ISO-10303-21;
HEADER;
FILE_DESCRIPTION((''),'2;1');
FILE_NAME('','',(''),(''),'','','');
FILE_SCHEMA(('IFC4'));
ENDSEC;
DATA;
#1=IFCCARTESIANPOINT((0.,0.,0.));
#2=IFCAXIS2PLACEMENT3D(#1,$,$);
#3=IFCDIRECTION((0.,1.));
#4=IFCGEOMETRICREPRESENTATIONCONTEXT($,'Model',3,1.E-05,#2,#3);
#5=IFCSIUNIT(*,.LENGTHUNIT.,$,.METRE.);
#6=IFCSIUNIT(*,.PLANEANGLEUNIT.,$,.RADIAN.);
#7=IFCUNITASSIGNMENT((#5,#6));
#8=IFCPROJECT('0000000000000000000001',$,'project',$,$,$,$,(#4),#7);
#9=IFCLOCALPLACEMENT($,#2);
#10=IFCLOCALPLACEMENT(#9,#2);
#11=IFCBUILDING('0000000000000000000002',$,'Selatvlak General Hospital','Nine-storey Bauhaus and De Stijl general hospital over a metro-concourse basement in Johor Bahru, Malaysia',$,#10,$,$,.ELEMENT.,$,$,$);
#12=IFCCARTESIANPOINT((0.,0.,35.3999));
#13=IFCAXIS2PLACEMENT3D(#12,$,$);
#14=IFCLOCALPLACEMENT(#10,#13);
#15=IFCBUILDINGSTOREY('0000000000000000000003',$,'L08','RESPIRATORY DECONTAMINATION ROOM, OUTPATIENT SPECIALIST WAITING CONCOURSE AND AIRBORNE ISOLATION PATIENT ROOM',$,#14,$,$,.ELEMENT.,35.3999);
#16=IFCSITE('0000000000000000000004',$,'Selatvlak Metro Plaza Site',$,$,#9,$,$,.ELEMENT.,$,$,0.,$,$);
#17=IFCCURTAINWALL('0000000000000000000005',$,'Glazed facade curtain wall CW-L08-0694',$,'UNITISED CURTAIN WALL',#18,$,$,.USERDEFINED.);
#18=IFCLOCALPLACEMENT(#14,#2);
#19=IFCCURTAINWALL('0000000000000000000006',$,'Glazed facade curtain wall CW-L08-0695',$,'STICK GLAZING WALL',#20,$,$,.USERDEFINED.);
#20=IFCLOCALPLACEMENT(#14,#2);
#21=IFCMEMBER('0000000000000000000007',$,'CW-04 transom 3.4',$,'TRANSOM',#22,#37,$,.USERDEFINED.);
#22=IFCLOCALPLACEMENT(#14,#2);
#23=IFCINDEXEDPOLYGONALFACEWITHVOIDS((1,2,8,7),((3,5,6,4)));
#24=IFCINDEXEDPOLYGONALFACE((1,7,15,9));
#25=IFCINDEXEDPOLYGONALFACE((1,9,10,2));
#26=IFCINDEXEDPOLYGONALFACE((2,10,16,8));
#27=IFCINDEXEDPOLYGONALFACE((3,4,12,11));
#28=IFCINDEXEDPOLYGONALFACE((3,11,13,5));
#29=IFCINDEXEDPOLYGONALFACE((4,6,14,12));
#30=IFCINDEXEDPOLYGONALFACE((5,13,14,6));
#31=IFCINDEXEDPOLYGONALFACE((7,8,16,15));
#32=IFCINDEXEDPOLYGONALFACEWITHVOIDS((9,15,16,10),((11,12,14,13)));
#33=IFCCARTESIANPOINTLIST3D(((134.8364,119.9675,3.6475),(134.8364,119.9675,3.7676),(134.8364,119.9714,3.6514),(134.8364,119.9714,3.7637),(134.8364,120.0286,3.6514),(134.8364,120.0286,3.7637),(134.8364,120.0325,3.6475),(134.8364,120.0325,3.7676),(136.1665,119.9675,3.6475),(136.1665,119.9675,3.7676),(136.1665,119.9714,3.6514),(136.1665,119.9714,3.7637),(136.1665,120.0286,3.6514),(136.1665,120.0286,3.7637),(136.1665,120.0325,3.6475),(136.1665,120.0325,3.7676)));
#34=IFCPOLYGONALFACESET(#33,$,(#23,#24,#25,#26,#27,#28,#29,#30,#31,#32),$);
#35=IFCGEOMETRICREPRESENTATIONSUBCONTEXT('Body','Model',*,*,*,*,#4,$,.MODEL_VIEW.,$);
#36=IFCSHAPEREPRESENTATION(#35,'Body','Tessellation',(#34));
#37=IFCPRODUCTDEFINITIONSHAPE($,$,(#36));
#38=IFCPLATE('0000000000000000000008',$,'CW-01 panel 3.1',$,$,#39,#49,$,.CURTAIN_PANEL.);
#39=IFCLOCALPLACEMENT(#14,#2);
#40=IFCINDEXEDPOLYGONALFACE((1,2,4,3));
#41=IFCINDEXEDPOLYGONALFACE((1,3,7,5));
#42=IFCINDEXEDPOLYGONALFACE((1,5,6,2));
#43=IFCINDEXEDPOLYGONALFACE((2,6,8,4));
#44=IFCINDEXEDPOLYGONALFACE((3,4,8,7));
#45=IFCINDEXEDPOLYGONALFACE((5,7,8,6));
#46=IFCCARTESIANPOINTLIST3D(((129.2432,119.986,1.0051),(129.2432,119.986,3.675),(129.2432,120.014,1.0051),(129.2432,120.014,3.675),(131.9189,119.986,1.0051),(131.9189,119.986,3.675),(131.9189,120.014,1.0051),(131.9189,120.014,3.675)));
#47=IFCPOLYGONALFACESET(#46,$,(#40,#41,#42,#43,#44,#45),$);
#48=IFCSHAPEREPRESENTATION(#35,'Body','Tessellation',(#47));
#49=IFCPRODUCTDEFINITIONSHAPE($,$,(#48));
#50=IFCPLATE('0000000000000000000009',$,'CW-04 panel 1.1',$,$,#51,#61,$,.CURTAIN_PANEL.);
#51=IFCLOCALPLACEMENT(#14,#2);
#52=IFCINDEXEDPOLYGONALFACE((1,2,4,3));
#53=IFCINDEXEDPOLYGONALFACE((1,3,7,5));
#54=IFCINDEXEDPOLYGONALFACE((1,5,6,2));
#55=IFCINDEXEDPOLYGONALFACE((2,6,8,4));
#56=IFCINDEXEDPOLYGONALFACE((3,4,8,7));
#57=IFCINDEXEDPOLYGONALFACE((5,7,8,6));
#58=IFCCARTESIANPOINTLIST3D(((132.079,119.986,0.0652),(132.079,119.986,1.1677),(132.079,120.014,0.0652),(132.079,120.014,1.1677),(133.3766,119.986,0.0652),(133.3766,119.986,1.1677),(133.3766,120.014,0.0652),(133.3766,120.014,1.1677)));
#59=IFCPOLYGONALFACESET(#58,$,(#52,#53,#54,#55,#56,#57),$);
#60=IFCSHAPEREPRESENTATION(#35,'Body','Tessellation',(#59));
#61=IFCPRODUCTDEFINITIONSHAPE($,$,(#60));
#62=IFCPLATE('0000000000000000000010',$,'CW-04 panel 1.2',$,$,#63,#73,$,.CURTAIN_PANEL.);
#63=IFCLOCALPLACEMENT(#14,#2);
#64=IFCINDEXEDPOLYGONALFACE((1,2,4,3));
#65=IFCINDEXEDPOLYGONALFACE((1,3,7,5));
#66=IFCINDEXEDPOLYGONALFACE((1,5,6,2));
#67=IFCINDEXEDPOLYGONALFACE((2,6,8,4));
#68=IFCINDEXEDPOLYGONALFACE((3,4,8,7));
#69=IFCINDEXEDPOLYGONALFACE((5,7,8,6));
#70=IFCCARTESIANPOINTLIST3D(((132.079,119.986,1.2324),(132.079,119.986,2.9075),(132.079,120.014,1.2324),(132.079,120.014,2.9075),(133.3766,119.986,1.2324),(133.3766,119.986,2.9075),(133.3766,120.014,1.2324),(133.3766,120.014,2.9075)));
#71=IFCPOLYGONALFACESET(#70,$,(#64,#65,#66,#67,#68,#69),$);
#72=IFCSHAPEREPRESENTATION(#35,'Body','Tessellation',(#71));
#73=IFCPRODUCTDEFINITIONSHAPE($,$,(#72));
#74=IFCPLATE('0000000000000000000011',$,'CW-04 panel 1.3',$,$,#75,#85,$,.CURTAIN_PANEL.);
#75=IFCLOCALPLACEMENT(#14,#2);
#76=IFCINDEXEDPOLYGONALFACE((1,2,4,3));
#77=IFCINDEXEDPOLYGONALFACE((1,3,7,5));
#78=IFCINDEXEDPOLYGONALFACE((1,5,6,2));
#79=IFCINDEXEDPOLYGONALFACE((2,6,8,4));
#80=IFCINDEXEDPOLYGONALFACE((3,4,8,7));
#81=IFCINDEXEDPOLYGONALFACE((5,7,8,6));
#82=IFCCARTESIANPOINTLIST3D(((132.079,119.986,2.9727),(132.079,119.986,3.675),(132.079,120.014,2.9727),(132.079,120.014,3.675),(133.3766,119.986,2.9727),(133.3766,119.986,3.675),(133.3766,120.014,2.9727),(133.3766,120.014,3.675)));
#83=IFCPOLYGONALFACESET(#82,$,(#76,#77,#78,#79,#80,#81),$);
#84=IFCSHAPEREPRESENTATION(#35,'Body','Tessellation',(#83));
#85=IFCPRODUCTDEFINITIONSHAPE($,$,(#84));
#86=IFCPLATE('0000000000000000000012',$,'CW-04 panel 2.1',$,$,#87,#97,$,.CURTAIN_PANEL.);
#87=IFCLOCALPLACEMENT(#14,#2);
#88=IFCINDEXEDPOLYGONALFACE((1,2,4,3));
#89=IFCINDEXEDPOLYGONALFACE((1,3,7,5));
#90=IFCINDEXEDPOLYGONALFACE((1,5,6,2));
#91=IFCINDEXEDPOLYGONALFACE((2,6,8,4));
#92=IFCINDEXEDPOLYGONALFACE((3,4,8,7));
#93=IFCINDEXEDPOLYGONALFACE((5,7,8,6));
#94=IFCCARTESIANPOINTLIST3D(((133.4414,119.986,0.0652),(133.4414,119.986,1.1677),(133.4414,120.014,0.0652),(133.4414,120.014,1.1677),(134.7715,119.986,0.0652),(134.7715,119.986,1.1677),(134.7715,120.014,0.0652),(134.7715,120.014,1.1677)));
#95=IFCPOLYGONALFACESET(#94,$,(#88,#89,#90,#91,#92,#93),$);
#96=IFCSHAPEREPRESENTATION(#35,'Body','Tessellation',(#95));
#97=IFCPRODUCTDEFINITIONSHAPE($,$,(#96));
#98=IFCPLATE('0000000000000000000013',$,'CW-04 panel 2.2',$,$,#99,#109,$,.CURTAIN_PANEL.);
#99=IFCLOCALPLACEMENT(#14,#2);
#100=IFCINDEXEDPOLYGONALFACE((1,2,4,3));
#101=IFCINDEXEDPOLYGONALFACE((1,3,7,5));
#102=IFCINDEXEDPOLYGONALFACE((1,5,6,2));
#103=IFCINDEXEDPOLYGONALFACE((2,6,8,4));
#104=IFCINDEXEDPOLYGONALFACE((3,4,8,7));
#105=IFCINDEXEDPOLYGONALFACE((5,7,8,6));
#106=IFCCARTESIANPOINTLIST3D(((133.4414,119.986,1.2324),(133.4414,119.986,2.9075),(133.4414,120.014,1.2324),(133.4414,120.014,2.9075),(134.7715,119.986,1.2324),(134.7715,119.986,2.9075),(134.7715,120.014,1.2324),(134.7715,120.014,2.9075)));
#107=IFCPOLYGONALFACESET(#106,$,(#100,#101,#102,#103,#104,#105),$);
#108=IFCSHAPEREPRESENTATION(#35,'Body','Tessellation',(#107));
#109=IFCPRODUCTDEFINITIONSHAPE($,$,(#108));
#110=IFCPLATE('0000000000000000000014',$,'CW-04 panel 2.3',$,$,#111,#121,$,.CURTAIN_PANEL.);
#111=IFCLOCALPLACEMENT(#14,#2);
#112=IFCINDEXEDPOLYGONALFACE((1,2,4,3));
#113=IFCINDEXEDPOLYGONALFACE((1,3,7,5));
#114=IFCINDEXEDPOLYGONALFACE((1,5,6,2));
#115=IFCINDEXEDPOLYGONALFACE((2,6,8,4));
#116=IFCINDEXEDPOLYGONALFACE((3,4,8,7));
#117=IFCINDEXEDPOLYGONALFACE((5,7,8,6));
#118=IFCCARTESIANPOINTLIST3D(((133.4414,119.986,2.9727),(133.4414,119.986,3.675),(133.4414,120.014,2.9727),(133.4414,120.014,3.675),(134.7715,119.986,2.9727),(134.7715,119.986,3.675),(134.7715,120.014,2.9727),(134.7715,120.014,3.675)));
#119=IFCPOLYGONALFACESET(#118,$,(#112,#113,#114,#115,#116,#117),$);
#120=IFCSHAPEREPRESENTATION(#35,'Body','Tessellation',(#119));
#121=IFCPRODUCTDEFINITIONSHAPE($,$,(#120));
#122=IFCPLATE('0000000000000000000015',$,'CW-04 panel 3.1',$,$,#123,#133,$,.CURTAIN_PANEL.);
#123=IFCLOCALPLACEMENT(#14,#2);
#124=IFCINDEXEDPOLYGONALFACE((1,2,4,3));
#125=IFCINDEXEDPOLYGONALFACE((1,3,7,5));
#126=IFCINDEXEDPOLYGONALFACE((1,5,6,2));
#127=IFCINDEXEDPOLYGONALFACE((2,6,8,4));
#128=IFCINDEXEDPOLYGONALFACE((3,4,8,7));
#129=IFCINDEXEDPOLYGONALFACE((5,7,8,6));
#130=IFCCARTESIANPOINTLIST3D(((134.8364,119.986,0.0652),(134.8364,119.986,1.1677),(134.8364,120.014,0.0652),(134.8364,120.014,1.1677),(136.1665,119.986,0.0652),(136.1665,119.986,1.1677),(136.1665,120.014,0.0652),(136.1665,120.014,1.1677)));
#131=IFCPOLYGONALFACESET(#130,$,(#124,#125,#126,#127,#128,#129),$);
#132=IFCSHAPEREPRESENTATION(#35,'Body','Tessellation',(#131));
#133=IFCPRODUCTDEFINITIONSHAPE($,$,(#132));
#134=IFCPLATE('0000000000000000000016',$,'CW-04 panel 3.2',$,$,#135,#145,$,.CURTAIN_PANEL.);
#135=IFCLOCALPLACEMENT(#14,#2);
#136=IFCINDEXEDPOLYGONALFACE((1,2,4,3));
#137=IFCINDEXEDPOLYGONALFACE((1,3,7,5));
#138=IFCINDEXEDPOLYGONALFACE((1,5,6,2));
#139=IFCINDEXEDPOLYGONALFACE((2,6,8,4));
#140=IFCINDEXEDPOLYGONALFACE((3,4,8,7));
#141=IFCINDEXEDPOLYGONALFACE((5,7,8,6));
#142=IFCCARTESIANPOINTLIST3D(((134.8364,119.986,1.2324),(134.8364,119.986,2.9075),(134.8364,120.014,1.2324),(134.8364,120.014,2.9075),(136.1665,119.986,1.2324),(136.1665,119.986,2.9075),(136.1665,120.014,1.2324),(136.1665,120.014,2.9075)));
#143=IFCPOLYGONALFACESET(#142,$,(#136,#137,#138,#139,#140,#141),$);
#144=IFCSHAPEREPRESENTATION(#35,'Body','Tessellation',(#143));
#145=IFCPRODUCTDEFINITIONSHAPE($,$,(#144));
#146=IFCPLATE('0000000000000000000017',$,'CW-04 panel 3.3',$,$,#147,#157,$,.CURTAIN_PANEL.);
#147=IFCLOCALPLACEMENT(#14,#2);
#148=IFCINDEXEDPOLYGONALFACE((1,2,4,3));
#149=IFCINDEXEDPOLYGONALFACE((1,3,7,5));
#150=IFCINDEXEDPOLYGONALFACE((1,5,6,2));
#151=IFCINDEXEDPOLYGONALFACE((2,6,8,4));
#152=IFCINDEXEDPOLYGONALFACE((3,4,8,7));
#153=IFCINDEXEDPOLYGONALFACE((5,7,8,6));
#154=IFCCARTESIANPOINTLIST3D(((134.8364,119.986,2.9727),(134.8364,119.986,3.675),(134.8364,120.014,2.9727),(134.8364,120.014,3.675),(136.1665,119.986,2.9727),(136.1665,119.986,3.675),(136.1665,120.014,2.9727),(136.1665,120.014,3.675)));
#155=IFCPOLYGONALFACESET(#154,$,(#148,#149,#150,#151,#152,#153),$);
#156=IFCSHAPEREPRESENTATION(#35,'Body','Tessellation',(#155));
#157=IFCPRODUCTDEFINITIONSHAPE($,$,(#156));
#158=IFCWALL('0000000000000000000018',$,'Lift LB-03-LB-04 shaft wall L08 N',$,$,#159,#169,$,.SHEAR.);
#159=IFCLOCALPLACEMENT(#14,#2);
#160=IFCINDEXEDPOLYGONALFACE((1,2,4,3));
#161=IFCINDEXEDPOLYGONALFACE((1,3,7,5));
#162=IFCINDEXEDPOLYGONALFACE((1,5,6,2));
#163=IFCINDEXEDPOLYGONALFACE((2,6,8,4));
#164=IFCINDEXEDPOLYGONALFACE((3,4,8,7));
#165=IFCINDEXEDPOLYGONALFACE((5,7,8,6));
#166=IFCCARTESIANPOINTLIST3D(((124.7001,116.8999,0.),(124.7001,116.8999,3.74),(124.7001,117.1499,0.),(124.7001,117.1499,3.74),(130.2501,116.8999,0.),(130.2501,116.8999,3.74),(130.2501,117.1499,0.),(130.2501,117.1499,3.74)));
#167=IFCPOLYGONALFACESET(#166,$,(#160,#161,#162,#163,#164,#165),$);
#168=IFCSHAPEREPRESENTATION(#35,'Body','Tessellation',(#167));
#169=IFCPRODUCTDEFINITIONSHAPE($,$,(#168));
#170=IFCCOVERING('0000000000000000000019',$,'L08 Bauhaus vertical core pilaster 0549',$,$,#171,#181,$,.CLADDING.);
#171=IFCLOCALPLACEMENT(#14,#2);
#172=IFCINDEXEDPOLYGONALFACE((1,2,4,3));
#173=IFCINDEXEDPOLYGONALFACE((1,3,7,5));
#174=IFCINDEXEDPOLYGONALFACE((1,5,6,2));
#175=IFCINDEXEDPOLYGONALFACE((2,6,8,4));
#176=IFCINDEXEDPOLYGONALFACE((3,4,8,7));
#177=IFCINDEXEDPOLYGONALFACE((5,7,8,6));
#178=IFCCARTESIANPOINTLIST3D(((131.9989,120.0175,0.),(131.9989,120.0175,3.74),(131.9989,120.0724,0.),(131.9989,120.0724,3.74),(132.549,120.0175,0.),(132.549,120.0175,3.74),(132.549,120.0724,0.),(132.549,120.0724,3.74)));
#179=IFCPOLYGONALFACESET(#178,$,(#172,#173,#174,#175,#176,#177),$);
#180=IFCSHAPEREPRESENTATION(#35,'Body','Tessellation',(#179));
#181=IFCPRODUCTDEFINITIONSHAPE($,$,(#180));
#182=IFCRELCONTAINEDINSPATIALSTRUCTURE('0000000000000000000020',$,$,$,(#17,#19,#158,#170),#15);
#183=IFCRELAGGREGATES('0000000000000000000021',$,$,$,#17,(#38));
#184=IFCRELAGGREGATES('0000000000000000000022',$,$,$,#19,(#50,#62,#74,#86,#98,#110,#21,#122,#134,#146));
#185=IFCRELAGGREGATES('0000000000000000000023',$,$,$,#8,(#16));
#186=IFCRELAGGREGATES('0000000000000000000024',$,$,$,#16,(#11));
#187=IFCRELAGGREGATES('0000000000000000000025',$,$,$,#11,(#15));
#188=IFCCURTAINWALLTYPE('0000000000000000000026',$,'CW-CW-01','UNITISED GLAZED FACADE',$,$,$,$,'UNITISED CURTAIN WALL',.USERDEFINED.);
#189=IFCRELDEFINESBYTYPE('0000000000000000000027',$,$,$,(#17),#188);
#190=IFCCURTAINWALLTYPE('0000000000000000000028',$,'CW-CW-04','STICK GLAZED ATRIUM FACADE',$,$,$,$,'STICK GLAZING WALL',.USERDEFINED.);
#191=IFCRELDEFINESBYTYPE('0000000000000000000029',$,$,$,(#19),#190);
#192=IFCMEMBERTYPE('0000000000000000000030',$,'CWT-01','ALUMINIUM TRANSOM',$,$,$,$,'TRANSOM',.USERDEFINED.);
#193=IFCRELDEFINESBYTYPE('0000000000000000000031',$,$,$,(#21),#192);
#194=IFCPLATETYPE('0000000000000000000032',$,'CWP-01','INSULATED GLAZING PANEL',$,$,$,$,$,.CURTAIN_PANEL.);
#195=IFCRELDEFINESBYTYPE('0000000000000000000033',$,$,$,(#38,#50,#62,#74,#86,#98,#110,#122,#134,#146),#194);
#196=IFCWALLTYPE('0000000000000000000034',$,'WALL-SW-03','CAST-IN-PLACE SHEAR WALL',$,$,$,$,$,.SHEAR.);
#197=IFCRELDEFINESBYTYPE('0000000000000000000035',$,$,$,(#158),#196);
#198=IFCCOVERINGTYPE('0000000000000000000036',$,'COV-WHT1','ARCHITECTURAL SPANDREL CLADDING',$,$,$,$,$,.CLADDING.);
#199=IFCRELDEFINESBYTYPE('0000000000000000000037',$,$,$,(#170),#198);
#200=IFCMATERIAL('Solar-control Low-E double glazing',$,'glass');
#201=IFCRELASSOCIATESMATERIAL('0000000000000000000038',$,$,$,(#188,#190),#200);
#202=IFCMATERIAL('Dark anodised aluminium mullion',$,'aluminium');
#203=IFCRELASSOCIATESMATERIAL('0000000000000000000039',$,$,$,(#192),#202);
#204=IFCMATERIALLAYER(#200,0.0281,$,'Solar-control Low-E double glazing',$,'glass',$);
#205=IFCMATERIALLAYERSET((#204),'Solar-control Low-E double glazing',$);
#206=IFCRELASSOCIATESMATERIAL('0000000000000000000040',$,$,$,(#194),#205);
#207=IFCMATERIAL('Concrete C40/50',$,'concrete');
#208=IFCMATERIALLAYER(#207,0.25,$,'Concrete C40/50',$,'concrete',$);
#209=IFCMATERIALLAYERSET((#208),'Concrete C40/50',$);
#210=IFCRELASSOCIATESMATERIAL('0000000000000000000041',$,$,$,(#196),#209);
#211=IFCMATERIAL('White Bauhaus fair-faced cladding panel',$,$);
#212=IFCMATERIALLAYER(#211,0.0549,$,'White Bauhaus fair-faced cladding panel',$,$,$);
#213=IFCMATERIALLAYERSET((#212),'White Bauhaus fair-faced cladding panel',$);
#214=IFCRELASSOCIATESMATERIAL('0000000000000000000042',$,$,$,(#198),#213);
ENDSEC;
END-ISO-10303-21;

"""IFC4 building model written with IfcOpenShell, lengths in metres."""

from ifc_helpers import new_model, si_unit, direction, frame, frame_2d, origin, origin_2d, place, context, subcontext, project, spatial, rectangle, hollow_rectangle, extrude, material, layer, layer_set, material_profile, profile_set, type_object, element, aggregate, save


model = new_model("IFC4")

# Units and contexts
model_context = context("Model", 3, precision=1e-05, world=origin(), true_north=direction((0.0, 1.0)))
body_context = subcontext(model_context, "Body", "Model", "MODEL_VIEW")
ifc_project = project(units=[si_unit("LENGTHUNIT", "METRE"), si_unit("PLANEANGLEUNIT", "RADIAN")], contexts=[model_context])

# Site, building, storey
site_placement = place(None, origin())
site = spatial("IfcSite", under=ifc_project, at=site_placement, Name="Selatvlak Metro Plaza Site", CompositionType="ELEMENT", RefElevation=0.0)
building_placement = place(site_placement, origin())
building = spatial("IfcBuilding", under=site, at=building_placement, Name="Selatvlak General Hospital", Description="Nine-storey Bauhaus and De Stijl general hospital over a metro-concourse basement in Johor Bahru, Malaysia", CompositionType="ELEMENT")
storey_placement = place(building_placement, frame((0.0, 0.0, 35.3999)))
storey = spatial("IfcBuildingStorey", under=building, at=storey_placement, Name="L08", Description="RESPIRATORY DECONTAMINATION ROOM, OUTPATIENT SPECIALIST WAITING CONCOURSE AND AIRBORNE ISOLATION PATIENT ROOM", CompositionType="ELEMENT", Elevation=35.3999)

# Shared definitions
ifc_material_1 = material(Name="Concrete C40/50", Category="concrete")

# Curtain walls
ifc_material_2 = material(Name="Solar-control Low-E double glazing", Category="glass")
curtain_wall_type_1 = type_object("IfcCurtainWallType", Name="CW-CW-01", Description="UNITISED GLAZED FACADE", ElementType="UNITISED CURTAIN WALL", PredefinedType="USERDEFINED", material=ifc_material_2)
curtain_wall_1_placement = place(storey_placement, origin())
curtain_wall_1 = element("IfcCurtainWall", 1, at=curtain_wall_1_placement, inside=storey, type_object=curtain_wall_type_1, Name="Glazed facade curtain wall CW-L08-0694", ObjectType="UNITISED CURTAIN WALL", PredefinedType="USERDEFINED")
ifc_material_3 = material(Name="Dark anodised aluminium mullion", Category="aluminium")
curtain_wall_type_2 = type_object("IfcCurtainWallType", Name="CW-CW-04", Description="STICK GLAZED ATRIUM FACADE", ElementType="STICK GLAZING WALL", PredefinedType="USERDEFINED", material=ifc_material_2)
curtain_wall_2_placement = place(storey_placement, origin())
curtain_wall_2 = element("IfcCurtainWall", 2, at=curtain_wall_2_placement, inside=storey, type_object=curtain_wall_type_2, Name="Glazed facade curtain wall CW-L08-0695", ObjectType="STICK GLAZING WALL", PredefinedType="USERDEFINED")

# Member
ifc_material_profile_1 = material_profile(ifc_material_3, hollow_rectangle(XDim=0.0649, YDim=0.1201, WallThickness=0.0039, at=origin_2d()), Name="AL-TRN 65x120x4")
ifc_profile_set_1 = profile_set([ifc_material_profile_1], Name="Dark anodised aluminium mullion")
member_type_1 = type_object("IfcMemberType", Name="CWT-01", Description="ALUMINIUM TRANSOM", ElementType="TRANSOM", PredefinedType="USERDEFINED", material=ifc_profile_set_1)
member_1_placement = place(storey_placement, frame((134.8364, 120.0, 3.7075), z_axis=(1.0, 0.0, 0.0), x_axis=(0.0, 1.0, 0.0)))
member_1 = element("IfcMember", 3, at=member_1_placement, type_object=member_type_1, Name="CW-04 transom 3.4", ObjectType="TRANSOM", PredefinedType="USERDEFINED", context=body_context, shape_type="SweptSolid", body=[
    extrude(hollow_rectangle(XDim=0.0649, YDim=0.1201, WallThickness=0.0039, at=origin_2d()), origin(), (0.0, 0.0, 1.0), 1.3301),
])

# Plates
ifc_layer_1 = layer(ifc_material_2, 0.0281, Name="Solar-control Low-E double glazing", Category="glass")
ifc_layer_set_1 = layer_set([ifc_layer_1], Name="Solar-control Low-E double glazing")
plate_type = type_object("IfcPlateType", Name="CWP-01", Description="INSULATED GLAZING PANEL", PredefinedType="CURTAIN_PANEL", material=ifc_layer_set_1)
plate_1_placement = place(storey_placement, frame((130.5811, 120.0, 1.0051), z_axis=(0.0, 0.0, 1.0), x_axis=(1.0, 0.0, 0.0)))
plate_1 = element("IfcPlate", 4, at=plate_1_placement, type_object=plate_type, Name="CW-01 panel 3.1", PredefinedType="CURTAIN_PANEL", context=body_context, shape_type="SweptSolid", body=[
    extrude(rectangle(XDim=2.6758, YDim=0.0281, at=origin_2d()), origin(), (0.0, 0.0, 1.0), 2.6699),
])
aggregate(curtain_wall_1, [plate_1])
plate_2_placement = place(storey_placement, frame((132.7278, 120.0, 0.0652), z_axis=(0.0, 0.0, 1.0), x_axis=(1.0, 0.0, 0.0)))
plate_2 = element("IfcPlate", 5, at=plate_2_placement, type_object=plate_type, Name="CW-04 panel 1.1", PredefinedType="CURTAIN_PANEL", context=body_context, shape_type="SweptSolid", body=[
    extrude(rectangle(XDim=1.2976, YDim=0.0281, at=origin_2d()), origin(), (0.0, 0.0, 1.0), 1.1025),
])
plate_3_placement = place(storey_placement, frame((132.7278, 120.0, 1.2324), z_axis=(0.0, 0.0, 1.0), x_axis=(1.0, 0.0, 0.0)))
plate_3 = element("IfcPlate", 6, at=plate_3_placement, type_object=plate_type, Name="CW-04 panel 1.2", PredefinedType="CURTAIN_PANEL", context=body_context, shape_type="SweptSolid", body=[
    extrude(rectangle(XDim=1.2976, YDim=0.0281, at=origin_2d()), origin(), (0.0, 0.0, 1.0), 1.675),
])
plate_4_placement = place(storey_placement, frame((132.7278, 120.0, 2.9727), z_axis=(0.0, 0.0, 1.0), x_axis=(1.0, 0.0, 0.0)))
plate_4 = element("IfcPlate", 7, at=plate_4_placement, type_object=plate_type, Name="CW-04 panel 1.3", PredefinedType="CURTAIN_PANEL", context=body_context, shape_type="SweptSolid", body=[
    extrude(rectangle(XDim=1.2976, YDim=0.0281, at=origin_2d()), origin(), (0.0, 0.0, 1.0), 0.7024),
])
plate_5_placement = place(storey_placement, frame((134.1064, 120.0, 0.0652), z_axis=(0.0, 0.0, 1.0), x_axis=(1.0, 0.0, 0.0)))
plate_5 = element("IfcPlate", 8, at=plate_5_placement, type_object=plate_type, Name="CW-04 panel 2.1", PredefinedType="CURTAIN_PANEL", context=body_context, shape_type="SweptSolid", body=[
    extrude(rectangle(XDim=1.3301, YDim=0.0281, at=origin_2d()), origin(), (0.0, 0.0, 1.0), 1.1025),
])
plate_6_placement = place(storey_placement, frame((134.1064, 120.0, 1.2324), z_axis=(0.0, 0.0, 1.0), x_axis=(1.0, 0.0, 0.0)))
plate_6 = element("IfcPlate", 9, at=plate_6_placement, type_object=plate_type, Name="CW-04 panel 2.2", PredefinedType="CURTAIN_PANEL", context=body_context, shape_type="SweptSolid", body=[
    extrude(rectangle(XDim=1.3301, YDim=0.0281, at=origin_2d()), origin(), (0.0, 0.0, 1.0), 1.675),
])
plate_7_placement = place(storey_placement, frame((134.1064, 120.0, 2.9727), z_axis=(0.0, 0.0, 1.0), x_axis=(1.0, 0.0, 0.0)))
plate_7 = element("IfcPlate", 10, at=plate_7_placement, type_object=plate_type, Name="CW-04 panel 2.3", PredefinedType="CURTAIN_PANEL", context=body_context, shape_type="SweptSolid", body=[
    extrude(rectangle(XDim=1.3301, YDim=0.0281, at=origin_2d()), origin(), (0.0, 0.0, 1.0), 0.7024),
])
plate_8_placement = place(storey_placement, frame((135.5015, 120.0, 0.0652), z_axis=(0.0, 0.0, 1.0), x_axis=(1.0, 0.0, 0.0)))
plate_8 = element("IfcPlate", 11, at=plate_8_placement, type_object=plate_type, Name="CW-04 panel 3.1", PredefinedType="CURTAIN_PANEL", context=body_context, shape_type="SweptSolid", body=[
    extrude(rectangle(XDim=1.3301, YDim=0.0281, at=origin_2d()), origin(), (0.0, 0.0, 1.0), 1.1025),
])
plate_9_placement = place(storey_placement, frame((135.5015, 120.0, 1.2324), z_axis=(0.0, 0.0, 1.0), x_axis=(1.0, 0.0, 0.0)))
plate_9 = element("IfcPlate", 12, at=plate_9_placement, type_object=plate_type, Name="CW-04 panel 3.2", PredefinedType="CURTAIN_PANEL", context=body_context, shape_type="SweptSolid", body=[
    extrude(rectangle(XDim=1.3301, YDim=0.0281, at=origin_2d()), origin(), (0.0, 0.0, 1.0), 1.675),
])
plate_10_placement = place(storey_placement, frame((135.5015, 120.0, 2.9727), z_axis=(0.0, 0.0, 1.0), x_axis=(1.0, 0.0, 0.0)))
plate_10 = element("IfcPlate", 13, at=plate_10_placement, type_object=plate_type, Name="CW-04 panel 3.3", PredefinedType="CURTAIN_PANEL", context=body_context, shape_type="SweptSolid", body=[
    extrude(rectangle(XDim=1.3301, YDim=0.0281, at=origin_2d()), origin(), (0.0, 0.0, 1.0), 0.7024),
])
aggregate(curtain_wall_2, [plate_2, plate_3, plate_4, plate_5, plate_6, plate_7, member_1, plate_8, plate_9, plate_10])

# Wall
ifc_layer_2 = layer(ifc_material_1, 0.25, Name="Concrete C40/50", Category="concrete")
ifc_layer_set_2 = layer_set([ifc_layer_2], Name="Concrete C40/50")
wall_type = type_object("IfcWallType", Name="WALL-SW-03", Description="CAST-IN-PLACE SHEAR WALL", PredefinedType="SHEAR", material=ifc_layer_set_2)
wall_placement = place(storey_placement, frame((130.25, 117.0249, 0.0), z_axis=(0.0, 0.0, 1.0), x_axis=(-1.0, 0.0, 0.0)))
element("IfcWall", 14, at=wall_placement, inside=storey, type_object=wall_type, Name="Lift LB-03-LB-04 shaft wall L08 N", PredefinedType="SHEAR", context=body_context, shape_type="SweptSolid", body=[
    extrude(rectangle(XDim=5.55, YDim=0.25, at=frame_2d((2.7749, 0.0))), origin(), (0.0, 0.0, 1.0), 3.74),
])

# Covering
ifc_material_4 = material(Name="White Bauhaus fair-faced cladding panel")
ifc_layer_3 = layer(ifc_material_4, 0.0549, Name="White Bauhaus fair-faced cladding panel")
ifc_layer_set_3 = layer_set([ifc_layer_3], Name="White Bauhaus fair-faced cladding panel")
covering_type = type_object("IfcCoveringType", Name="COV-WHT1", Description="ARCHITECTURAL SPANDREL CLADDING", PredefinedType="CLADDING", material=ifc_layer_set_3)
covering_placement = place(storey_placement, frame((132.2739, 120.0449, 0.0), z_axis=(0.0, 0.0, 1.0), x_axis=(1.0, 0.0, 0.0)))
element("IfcCovering", 15, at=covering_placement, inside=storey, type_object=covering_type, Name="L08 Bauhaus vertical core pilaster 0549", PredefinedType="CLADDING", context=body_context, shape_type="SweptSolid", body=[
    extrude(rectangle(XDim=0.55, YDim=0.0549, at=origin_2d()), origin(), (0.0, 0.0, 1.0), 3.74),
])

save(model, "model.ifc")
